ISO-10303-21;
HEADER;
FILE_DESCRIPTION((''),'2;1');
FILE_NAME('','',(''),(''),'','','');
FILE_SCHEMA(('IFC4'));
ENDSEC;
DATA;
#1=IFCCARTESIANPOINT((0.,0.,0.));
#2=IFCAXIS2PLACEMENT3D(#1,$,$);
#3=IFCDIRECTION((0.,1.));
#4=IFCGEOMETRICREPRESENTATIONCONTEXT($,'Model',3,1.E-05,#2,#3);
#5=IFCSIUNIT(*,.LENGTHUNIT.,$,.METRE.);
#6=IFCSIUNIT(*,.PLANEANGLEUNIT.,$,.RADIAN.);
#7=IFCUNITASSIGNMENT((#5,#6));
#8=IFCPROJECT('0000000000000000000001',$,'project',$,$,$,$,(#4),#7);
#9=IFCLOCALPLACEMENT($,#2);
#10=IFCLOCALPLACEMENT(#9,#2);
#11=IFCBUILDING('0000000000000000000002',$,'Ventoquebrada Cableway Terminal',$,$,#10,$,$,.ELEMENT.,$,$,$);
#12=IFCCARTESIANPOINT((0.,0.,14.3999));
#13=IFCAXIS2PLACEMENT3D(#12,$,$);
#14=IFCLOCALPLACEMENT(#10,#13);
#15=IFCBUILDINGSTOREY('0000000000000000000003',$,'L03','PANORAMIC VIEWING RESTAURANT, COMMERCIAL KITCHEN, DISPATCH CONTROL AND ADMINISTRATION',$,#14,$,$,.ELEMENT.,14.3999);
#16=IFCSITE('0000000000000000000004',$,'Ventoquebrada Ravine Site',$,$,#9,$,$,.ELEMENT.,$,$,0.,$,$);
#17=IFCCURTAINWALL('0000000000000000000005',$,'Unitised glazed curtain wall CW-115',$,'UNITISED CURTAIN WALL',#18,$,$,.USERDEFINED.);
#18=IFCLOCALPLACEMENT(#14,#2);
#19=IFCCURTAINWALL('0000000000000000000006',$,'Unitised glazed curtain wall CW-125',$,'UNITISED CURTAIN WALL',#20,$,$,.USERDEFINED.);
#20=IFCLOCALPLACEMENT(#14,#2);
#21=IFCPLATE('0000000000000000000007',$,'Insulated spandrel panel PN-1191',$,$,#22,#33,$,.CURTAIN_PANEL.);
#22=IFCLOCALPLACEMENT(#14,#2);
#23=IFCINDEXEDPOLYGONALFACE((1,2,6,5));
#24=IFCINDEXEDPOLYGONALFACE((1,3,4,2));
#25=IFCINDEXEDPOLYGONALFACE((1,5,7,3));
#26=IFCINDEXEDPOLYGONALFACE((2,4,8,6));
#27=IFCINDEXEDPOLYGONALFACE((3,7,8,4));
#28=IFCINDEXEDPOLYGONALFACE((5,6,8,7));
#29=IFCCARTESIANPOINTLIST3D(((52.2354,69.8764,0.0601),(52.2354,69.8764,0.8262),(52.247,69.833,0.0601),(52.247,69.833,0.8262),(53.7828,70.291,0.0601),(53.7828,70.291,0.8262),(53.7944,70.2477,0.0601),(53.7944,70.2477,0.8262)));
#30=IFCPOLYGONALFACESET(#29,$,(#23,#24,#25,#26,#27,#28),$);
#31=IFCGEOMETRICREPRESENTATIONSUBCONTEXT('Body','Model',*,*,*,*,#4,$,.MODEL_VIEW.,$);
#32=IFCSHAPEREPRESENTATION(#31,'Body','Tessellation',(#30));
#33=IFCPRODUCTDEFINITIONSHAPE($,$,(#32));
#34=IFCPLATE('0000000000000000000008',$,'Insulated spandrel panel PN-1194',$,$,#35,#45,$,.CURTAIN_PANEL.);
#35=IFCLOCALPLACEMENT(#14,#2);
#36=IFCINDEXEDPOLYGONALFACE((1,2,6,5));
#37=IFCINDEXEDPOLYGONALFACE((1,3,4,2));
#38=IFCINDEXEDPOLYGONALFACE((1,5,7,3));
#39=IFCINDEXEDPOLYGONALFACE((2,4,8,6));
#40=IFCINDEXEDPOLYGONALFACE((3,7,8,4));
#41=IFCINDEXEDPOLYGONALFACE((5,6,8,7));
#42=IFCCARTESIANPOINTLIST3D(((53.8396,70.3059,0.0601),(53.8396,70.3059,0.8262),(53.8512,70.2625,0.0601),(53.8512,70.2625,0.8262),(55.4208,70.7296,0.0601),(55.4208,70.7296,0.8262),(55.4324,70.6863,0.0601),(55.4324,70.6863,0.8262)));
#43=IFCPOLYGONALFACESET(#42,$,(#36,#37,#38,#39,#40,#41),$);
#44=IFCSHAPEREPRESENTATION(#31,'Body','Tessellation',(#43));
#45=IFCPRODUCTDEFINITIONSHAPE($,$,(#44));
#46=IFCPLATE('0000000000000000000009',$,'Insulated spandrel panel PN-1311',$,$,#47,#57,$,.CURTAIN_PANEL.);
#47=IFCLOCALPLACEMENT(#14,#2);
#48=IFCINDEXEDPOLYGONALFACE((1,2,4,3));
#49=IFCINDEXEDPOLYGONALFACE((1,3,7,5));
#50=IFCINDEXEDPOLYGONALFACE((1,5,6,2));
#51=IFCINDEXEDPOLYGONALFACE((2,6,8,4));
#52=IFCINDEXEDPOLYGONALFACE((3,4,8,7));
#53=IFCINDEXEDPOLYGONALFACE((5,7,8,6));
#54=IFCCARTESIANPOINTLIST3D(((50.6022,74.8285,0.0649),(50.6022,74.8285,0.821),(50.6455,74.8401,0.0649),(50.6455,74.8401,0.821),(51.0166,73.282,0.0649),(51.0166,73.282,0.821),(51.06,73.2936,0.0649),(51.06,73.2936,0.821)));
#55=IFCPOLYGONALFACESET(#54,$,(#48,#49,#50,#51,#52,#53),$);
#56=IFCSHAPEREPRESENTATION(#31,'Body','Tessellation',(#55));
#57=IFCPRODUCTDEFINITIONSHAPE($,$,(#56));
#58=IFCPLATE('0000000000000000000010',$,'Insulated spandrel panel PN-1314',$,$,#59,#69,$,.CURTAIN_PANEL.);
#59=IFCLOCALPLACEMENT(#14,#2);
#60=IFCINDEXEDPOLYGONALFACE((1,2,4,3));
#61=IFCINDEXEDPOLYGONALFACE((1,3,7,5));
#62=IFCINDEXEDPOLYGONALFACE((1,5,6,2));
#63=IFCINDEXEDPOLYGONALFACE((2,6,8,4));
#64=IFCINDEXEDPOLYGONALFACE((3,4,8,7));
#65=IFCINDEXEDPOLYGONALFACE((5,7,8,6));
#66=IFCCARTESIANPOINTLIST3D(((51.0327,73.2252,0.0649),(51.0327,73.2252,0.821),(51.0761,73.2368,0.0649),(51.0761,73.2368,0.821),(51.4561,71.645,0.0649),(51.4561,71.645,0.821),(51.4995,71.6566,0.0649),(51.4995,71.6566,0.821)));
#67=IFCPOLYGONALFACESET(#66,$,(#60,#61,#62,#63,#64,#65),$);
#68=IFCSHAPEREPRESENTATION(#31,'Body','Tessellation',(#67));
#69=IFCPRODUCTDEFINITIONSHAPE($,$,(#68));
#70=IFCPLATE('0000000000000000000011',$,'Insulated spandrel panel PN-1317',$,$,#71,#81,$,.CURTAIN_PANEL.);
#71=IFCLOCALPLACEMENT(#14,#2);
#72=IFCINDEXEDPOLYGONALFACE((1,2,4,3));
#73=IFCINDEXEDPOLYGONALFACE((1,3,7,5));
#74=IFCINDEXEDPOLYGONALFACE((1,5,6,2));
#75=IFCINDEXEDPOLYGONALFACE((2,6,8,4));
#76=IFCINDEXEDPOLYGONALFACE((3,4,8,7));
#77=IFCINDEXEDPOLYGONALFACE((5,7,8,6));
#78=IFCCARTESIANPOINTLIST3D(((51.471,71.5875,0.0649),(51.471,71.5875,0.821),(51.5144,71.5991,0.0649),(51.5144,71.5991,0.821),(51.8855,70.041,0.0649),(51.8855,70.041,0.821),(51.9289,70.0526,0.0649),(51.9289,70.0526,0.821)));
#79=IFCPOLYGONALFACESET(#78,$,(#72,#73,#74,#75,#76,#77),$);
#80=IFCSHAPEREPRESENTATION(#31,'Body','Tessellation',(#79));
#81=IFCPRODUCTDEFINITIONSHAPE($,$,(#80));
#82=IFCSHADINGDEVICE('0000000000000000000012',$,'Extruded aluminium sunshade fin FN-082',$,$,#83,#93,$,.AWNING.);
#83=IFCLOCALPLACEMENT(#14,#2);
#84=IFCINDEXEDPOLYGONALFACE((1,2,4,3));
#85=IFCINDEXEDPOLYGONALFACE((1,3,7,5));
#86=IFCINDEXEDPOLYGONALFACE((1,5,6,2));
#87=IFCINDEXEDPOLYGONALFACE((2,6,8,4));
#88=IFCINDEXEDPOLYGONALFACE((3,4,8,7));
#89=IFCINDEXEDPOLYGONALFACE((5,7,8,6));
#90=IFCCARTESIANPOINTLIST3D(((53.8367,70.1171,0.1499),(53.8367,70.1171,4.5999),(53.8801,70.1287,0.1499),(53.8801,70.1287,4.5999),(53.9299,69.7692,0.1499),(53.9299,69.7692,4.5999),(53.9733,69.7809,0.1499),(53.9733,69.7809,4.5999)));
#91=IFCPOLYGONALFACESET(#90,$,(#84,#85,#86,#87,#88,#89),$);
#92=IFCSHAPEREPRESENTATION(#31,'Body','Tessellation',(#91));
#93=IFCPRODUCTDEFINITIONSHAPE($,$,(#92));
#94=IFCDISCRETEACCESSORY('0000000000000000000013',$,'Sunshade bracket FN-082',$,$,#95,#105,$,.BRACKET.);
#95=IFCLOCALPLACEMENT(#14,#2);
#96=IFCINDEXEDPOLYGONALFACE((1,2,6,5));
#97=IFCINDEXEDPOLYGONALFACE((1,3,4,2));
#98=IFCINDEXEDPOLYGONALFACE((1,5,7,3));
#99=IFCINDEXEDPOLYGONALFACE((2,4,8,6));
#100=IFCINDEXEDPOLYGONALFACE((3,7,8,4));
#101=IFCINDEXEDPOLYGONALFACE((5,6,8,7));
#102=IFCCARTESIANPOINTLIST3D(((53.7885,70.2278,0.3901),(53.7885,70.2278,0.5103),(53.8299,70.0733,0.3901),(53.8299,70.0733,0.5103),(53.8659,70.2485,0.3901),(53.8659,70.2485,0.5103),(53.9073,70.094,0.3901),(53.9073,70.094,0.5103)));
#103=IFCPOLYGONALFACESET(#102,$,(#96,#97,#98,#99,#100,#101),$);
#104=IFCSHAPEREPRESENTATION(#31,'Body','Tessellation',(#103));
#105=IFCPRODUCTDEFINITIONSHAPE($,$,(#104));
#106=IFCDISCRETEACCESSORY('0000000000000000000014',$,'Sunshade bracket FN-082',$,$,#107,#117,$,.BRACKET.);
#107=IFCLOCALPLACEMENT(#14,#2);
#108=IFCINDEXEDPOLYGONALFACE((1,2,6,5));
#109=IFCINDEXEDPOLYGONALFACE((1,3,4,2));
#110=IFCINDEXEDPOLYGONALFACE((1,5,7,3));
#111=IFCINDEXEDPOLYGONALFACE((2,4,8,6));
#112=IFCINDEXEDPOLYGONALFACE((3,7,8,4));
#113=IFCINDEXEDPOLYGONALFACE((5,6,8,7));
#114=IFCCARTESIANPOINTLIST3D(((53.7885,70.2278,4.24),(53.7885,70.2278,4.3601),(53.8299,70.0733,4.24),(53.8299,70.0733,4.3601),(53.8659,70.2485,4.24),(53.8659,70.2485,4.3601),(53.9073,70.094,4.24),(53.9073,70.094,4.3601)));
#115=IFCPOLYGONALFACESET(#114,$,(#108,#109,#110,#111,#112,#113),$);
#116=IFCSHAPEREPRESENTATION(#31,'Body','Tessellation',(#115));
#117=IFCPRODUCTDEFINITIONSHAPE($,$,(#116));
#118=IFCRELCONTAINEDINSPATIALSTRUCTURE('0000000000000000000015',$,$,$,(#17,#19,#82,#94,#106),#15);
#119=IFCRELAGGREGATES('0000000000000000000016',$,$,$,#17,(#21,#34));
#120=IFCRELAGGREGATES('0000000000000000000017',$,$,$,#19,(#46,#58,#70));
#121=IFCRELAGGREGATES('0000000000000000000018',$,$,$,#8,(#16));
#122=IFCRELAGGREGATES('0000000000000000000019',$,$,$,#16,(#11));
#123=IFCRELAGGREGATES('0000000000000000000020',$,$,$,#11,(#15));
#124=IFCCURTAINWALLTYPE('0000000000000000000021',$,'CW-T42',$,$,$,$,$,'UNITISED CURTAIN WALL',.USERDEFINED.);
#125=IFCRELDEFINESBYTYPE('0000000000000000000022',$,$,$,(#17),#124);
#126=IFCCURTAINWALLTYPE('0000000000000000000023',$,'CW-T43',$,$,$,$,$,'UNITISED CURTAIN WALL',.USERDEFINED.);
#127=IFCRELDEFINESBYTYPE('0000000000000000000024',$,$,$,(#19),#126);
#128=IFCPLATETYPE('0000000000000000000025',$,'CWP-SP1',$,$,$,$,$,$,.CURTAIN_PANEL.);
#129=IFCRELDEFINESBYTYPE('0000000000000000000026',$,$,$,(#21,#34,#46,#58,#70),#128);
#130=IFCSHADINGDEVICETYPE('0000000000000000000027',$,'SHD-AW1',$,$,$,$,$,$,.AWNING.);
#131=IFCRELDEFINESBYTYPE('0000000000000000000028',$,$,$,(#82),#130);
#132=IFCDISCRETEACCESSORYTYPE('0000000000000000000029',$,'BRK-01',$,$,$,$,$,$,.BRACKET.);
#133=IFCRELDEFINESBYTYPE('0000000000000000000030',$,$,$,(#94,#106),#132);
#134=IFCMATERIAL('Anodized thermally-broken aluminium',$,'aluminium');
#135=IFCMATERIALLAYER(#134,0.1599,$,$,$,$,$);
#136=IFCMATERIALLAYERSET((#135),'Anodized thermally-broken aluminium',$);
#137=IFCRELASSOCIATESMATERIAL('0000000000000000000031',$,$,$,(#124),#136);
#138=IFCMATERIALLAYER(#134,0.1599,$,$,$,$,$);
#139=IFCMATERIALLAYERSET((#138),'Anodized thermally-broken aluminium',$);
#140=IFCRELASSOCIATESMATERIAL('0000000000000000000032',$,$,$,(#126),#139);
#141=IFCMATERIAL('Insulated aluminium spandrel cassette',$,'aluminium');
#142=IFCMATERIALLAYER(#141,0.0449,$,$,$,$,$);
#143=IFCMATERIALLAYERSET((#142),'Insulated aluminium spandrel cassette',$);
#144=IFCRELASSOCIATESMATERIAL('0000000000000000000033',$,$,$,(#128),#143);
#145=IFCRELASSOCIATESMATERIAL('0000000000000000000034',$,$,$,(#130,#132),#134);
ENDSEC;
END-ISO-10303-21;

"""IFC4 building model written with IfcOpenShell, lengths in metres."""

from ifc_helpers import new_model, si_unit, direction, frame, origin, origin_2d, place, context, subcontext, project, spatial, rectangle, extrude, material, layer, layer_set, type_object, element, aggregate, save


model = new_model("IFC4")

# Units and contexts
model_context = context("Model", 3, precision=1e-05, world=origin(), true_north=direction((0.0, 1.0)))
body_context = subcontext(model_context, "Body", "Model", "MODEL_VIEW")
ifc_project = project(units=[si_unit("LENGTHUNIT", "METRE"), si_unit("PLANEANGLEUNIT", "RADIAN")], contexts=[model_context])

# Site, building, storey
site_placement = place(None, origin())
site = spatial("IfcSite", under=ifc_project, at=site_placement, Name="Ventoquebrada Ravine Site", CompositionType="ELEMENT", RefElevation=0.0)
building_placement = place(site_placement, origin())
building = spatial("IfcBuilding", under=site, at=building_placement, Name="Ventoquebrada Cableway Terminal", CompositionType="ELEMENT")
storey_placement = place(building_placement, frame((0.0, 0.0, 14.3999)))
storey = spatial("IfcBuildingStorey", under=building, at=storey_placement, Name="L03", Description="PANORAMIC VIEWING RESTAURANT, COMMERCIAL KITCHEN, DISPATCH CONTROL AND ADMINISTRATION", CompositionType="ELEMENT", Elevation=14.3999)

# Curtain walls
ifc_material_1 = material(Name="Anodized thermally-broken aluminium", Category="aluminium")
ifc_layer_1 = layer(ifc_material_1, 0.1599)
ifc_layer_set_1 = layer_set([ifc_layer_1], Name="Anodized thermally-broken aluminium")
curtain_wall_type_1 = type_object("IfcCurtainWallType", Name="CW-T42", ElementType="UNITISED CURTAIN WALL", PredefinedType="USERDEFINED", material=ifc_layer_set_1)
curtain_wall_1_placement = place(storey_placement, origin())
curtain_wall_1 = element("IfcCurtainWall", 1, at=curtain_wall_1_placement, inside=storey, type_object=curtain_wall_type_1, Name="Unitised glazed curtain wall CW-115", ObjectType="UNITISED CURTAIN WALL", PredefinedType="USERDEFINED")
ifc_layer_2 = layer(ifc_material_1, 0.1599)
ifc_layer_set_2 = layer_set([ifc_layer_2], Name="Anodized thermally-broken aluminium")
curtain_wall_type_2 = type_object("IfcCurtainWallType", Name="CW-T43", ElementType="UNITISED CURTAIN WALL", PredefinedType="USERDEFINED", material=ifc_layer_set_2)
curtain_wall_2_placement = place(storey_placement, origin())
curtain_wall_2 = element("IfcCurtainWall", 2, at=curtain_wall_2_placement, inside=storey, type_object=curtain_wall_type_2, Name="Unitised glazed curtain wall CW-125", ObjectType="UNITISED CURTAIN WALL", PredefinedType="USERDEFINED")

# Plates
ifc_material_2 = material(Name="Insulated aluminium spandrel cassette", Category="aluminium")
ifc_layer_3 = layer(ifc_material_2, 0.0449)
ifc_layer_set_3 = layer_set([ifc_layer_3], Name="Insulated aluminium spandrel cassette")
plate_type_1 = type_object("IfcPlateType", Name="CWP-SP1", PredefinedType="CURTAIN_PANEL", material=ifc_layer_set_3)
plate_1_placement = place(storey_placement, frame((53.0149, 70.062, 0.0601), z_axis=(0.0, 0.0, 1.0), x_axis=(0.965921, 0.258836, 0.0)))
plate_1 = element("IfcPlate", 3, at=plate_1_placement, type_object=plate_type_1, Name="Insulated spandrel panel PN-1191", PredefinedType="CURTAIN_PANEL", context=body_context, shape_type="SweptSolid", body=[
    extrude(rectangle(XDim=1.6021, YDim=0.0449, at=origin_2d()), origin(), (0.0, 0.0, 1.0), 0.7661),
])
plate_2_placement = place(storey_placement, frame((54.636, 70.4961, 0.0601), z_axis=(0.0, 0.0, 1.0), x_axis=(0.965921, 0.258836, 0.0)))
plate_2 = element("IfcPlate", 4, at=plate_2_placement, type_object=plate_type_1, Name="Insulated spandrel panel PN-1194", PredefinedType="CURTAIN_PANEL", context=body_context, shape_type="SweptSolid", body=[
    extrude(rectangle(XDim=1.637, YDim=0.0449, at=origin_2d()), origin(), (0.0, 0.0, 1.0), 0.7661),
])
aggregate(curtain_wall_1, [plate_1, plate_2])
plate_3_placement = place(storey_placement, frame((50.8311, 74.061, 0.0649), z_axis=(0.0, 0.0, 1.0), x_axis=(0.258836, -0.965921, 0.0)))
plate_3 = element("IfcPlate", 5, at=plate_3_placement, type_object=plate_type_1, Name="Insulated spandrel panel PN-1311", PredefinedType="CURTAIN_PANEL", context=body_context, shape_type="SweptSolid", body=[
    extrude(rectangle(XDim=1.6011, YDim=0.0449, at=origin_2d()), origin(), (0.0, 0.0, 1.0), 0.7561),
])
plate_4_placement = place(storey_placement, frame((51.2661, 72.4409, 0.0649), z_axis=(0.0, 0.0, 1.0), x_axis=(0.258836, -0.965921, 0.0)))
plate_4 = element("IfcPlate", 6, at=plate_4_placement, type_object=plate_type_1, Name="Insulated spandrel panel PN-1314", PredefinedType="CURTAIN_PANEL", context=body_context, shape_type="SweptSolid", body=[
    extrude(rectangle(XDim=1.636, YDim=0.0449, at=origin_2d()), origin(), (0.0, 0.0, 1.0), 0.7561),
])
plate_5_placement = place(storey_placement, frame((51.7, 70.8201, 0.0649), z_axis=(0.0, 0.0, 1.0), x_axis=(0.258836, -0.965921, 0.0)))
plate_5 = element("IfcPlate", 7, at=plate_5_placement, type_object=plate_type_1, Name="Insulated spandrel panel PN-1317", PredefinedType="CURTAIN_PANEL", context=body_context, shape_type="SweptSolid", body=[
    extrude(rectangle(XDim=1.6011, YDim=0.0449, at=origin_2d()), origin(), (0.0, 0.0, 1.0), 0.7561),
])
aggregate(curtain_wall_2, [plate_3, plate_4, plate_5])

# Shading device
shading_device_type = type_object("IfcShadingDeviceType", Name="SHD-AW1", PredefinedType="AWNING", material=ifc_material_1)
shading_device_placement = place(storey_placement, frame((53.905, 69.949, 0.1499), z_axis=(0.0, 0.0, 1.0), x_axis=(0.965921, 0.258836, 0.0)))
element("IfcShadingDevice", 8, at=shading_device_placement, inside=storey, type_object=shading_device_type, Name="Extruded aluminium sunshade fin FN-082", PredefinedType="AWNING", context=body_context, shape_type="SweptSolid", body=[
    extrude(rectangle(XDim=0.0449, YDim=0.3601, at=origin_2d()), origin(), (0.0, 0.0, 1.0), 4.45),
])

# Discrete accessories
discrete_accessory_type = type_object("IfcDiscreteAccessoryType", Name="BRK-01", PredefinedType="BRACKET", material=ifc_material_1)
for number, where, z_axis, x_axis, name in (
    (9, (53.8479, 70.1609, 0.3901), (0.0, 0.0, 1.0), (0.965921, 0.258836, 0.0), "Sunshade bracket FN-082"),
    (10, (53.8479, 70.1609, 4.24), (0.0, 0.0, 1.0), (0.965921, 0.258836, 0.0), "Sunshade bracket FN-082"),
):
    element("IfcDiscreteAccessory", number, at=place(storey_placement, frame(where, z_axis=z_axis, x_axis=x_axis)), inside=storey, type_object=discrete_accessory_type, Name=name, PredefinedType="BRACKET", context=body_context, shape_type="SweptSolid", body=[
        extrude(rectangle(XDim=0.0801, YDim=0.1599, at=origin_2d()), origin(), (0.0, 0.0, 1.0), 0.1201),
    ])

save(model, "model.ifc")
